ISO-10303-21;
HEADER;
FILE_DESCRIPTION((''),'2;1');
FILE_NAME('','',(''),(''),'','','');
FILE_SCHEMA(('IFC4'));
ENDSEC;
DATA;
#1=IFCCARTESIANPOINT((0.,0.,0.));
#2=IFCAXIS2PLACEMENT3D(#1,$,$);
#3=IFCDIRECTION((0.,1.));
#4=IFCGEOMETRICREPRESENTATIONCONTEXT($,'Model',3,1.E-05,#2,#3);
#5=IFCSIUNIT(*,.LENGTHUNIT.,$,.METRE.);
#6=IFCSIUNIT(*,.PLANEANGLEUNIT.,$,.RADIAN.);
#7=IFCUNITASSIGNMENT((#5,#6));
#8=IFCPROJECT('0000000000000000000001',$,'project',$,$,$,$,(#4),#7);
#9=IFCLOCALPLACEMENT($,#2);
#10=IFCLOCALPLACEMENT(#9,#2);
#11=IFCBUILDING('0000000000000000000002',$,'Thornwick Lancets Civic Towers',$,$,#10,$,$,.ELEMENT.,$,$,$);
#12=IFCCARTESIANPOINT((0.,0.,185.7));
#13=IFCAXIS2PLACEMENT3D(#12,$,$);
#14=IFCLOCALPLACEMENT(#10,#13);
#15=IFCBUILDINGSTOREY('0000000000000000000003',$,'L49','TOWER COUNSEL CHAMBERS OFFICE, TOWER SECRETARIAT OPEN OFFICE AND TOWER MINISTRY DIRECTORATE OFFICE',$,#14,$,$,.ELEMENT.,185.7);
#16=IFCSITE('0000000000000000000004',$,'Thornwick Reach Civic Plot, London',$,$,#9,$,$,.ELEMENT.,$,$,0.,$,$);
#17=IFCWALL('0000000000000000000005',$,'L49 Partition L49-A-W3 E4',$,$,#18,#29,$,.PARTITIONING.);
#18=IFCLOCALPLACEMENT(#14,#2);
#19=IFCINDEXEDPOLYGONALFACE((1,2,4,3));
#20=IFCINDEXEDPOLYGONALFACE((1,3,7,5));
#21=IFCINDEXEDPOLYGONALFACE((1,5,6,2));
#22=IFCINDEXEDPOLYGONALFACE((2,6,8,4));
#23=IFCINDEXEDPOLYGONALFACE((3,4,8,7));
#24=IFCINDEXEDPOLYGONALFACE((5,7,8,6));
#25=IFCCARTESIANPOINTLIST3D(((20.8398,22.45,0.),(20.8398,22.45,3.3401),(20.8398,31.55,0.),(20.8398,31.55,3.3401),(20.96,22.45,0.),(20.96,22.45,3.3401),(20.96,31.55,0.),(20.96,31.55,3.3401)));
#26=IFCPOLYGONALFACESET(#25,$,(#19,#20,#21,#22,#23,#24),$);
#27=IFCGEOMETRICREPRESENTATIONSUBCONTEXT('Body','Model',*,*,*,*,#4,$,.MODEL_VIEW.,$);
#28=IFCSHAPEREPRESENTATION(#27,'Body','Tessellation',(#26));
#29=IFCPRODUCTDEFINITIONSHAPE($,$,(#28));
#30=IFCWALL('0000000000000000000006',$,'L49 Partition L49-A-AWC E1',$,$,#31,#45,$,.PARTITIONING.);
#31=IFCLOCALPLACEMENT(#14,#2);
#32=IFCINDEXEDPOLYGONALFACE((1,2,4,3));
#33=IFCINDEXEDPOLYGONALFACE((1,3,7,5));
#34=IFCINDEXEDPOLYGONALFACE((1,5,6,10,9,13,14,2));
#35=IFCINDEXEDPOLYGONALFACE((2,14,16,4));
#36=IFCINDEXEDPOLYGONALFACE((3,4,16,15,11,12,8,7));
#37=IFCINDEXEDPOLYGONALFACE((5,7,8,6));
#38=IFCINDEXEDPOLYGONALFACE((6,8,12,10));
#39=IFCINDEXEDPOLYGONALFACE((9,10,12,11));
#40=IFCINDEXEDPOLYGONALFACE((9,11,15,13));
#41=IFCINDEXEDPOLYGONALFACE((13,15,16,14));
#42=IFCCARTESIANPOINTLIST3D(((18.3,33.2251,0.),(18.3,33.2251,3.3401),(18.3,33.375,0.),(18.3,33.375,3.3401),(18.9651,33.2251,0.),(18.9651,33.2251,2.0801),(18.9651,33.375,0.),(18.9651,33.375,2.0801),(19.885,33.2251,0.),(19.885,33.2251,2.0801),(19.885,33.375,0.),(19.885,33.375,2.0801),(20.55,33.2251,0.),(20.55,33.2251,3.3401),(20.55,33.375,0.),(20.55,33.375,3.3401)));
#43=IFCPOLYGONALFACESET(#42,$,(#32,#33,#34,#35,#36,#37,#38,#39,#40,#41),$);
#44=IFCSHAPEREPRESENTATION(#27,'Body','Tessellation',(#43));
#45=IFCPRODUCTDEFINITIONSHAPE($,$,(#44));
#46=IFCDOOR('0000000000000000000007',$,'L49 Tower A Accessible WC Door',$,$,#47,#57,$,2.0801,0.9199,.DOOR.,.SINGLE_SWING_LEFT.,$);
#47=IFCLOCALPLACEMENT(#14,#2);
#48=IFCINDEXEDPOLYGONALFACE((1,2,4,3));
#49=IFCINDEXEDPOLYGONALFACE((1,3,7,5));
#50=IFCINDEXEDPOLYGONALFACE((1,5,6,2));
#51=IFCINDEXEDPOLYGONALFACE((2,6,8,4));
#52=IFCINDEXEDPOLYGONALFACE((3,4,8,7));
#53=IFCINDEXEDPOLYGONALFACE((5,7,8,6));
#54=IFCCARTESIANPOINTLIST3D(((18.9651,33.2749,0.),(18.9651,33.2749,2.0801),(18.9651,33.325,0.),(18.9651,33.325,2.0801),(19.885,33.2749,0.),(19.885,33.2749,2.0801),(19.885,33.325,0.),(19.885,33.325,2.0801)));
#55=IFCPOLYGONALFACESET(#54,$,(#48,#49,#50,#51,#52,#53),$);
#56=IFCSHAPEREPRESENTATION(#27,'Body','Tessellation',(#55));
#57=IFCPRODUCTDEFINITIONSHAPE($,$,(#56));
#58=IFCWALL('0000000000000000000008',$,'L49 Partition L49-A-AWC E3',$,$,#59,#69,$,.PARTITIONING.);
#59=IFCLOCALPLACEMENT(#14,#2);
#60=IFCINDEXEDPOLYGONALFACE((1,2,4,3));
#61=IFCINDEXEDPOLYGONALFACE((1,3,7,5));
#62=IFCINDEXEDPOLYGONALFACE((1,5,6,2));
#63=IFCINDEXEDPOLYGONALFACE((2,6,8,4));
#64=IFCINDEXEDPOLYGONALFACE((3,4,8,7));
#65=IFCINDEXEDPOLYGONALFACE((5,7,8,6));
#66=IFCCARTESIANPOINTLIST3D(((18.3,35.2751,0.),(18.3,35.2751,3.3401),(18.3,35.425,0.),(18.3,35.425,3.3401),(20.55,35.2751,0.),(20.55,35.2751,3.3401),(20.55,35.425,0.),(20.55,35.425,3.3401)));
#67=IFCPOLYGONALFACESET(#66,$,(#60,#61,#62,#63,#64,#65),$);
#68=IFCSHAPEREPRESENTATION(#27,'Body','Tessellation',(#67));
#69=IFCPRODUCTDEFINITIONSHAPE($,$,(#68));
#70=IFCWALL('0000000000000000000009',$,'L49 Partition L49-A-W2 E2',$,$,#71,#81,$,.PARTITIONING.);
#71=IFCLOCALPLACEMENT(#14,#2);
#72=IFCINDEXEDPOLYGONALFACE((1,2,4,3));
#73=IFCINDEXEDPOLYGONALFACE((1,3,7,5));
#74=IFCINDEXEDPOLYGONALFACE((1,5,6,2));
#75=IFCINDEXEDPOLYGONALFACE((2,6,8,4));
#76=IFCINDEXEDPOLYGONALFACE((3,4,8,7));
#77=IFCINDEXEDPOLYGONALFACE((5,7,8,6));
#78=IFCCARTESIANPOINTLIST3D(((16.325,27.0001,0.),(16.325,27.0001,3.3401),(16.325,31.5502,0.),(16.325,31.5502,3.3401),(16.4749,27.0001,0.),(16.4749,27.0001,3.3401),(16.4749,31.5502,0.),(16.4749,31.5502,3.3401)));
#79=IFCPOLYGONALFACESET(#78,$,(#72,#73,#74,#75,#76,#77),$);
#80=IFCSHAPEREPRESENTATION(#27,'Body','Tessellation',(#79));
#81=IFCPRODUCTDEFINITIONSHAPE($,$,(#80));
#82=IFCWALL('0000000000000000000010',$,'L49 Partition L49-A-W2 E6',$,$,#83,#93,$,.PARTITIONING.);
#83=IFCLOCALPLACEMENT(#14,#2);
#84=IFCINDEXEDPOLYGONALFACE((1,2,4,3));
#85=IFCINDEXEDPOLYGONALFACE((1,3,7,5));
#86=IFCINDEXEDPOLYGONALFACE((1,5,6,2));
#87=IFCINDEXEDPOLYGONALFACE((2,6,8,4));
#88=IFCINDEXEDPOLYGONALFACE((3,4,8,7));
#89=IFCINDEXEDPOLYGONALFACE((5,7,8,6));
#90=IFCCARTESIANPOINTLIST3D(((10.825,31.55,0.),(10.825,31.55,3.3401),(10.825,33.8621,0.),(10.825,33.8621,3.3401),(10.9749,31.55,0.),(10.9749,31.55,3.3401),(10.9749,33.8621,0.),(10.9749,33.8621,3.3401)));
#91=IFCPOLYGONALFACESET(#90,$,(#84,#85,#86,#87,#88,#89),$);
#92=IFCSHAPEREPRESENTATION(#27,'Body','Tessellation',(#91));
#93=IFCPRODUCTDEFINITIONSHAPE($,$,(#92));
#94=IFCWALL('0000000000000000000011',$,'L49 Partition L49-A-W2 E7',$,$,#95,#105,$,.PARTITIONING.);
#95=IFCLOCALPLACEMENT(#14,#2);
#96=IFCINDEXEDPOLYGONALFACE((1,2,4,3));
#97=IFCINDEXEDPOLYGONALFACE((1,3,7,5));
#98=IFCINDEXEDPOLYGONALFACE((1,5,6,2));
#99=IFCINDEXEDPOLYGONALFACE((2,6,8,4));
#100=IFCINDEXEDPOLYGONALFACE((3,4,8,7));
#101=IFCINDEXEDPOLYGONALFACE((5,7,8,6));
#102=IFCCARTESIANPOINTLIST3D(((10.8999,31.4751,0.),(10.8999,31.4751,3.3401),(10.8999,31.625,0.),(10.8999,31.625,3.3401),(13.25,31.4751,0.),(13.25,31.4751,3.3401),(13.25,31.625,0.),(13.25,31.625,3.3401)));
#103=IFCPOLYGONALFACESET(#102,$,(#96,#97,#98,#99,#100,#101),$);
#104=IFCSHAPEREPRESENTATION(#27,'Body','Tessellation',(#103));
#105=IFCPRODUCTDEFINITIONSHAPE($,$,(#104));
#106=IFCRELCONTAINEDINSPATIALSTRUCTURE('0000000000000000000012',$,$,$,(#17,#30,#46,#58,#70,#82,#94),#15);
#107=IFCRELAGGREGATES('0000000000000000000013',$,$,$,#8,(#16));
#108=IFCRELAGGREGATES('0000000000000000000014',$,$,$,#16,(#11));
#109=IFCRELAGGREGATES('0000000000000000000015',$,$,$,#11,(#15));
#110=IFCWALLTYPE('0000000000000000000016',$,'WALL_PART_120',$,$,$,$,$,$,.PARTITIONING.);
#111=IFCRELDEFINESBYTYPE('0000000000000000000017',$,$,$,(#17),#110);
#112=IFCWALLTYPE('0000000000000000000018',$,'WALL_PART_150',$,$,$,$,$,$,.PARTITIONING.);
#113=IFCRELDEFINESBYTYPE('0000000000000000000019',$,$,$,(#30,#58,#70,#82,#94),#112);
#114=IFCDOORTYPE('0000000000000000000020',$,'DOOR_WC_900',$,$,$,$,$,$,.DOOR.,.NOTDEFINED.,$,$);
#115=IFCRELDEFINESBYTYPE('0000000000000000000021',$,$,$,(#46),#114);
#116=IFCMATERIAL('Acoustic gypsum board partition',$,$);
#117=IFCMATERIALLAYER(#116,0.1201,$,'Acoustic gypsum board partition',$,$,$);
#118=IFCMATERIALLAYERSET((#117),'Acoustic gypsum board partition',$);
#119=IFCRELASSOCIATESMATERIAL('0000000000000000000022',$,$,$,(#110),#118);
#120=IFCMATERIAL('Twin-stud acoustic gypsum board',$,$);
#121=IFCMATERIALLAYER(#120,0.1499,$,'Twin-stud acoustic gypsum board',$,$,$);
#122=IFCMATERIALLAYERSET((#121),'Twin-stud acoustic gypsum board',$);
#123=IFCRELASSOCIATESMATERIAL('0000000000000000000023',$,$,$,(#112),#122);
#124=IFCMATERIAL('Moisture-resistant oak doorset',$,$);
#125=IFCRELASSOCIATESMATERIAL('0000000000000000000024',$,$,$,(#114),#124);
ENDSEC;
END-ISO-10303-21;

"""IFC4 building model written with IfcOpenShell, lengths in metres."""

from ifc_helpers import new_model, si_unit, direction, frame, frame_2d, origin, place, context, subcontext, project, spatial, rectangle, extrude, material, layer, layer_set, type_object, element, fill, save


model = new_model("IFC4")

# Units and contexts
model_context = context("Model", 3, precision=1e-05, world=origin(), true_north=direction((0.0, 1.0)))
body_context = subcontext(model_context, "Body", "Model", "MODEL_VIEW")
ifc_project = project(units=[si_unit("LENGTHUNIT", "METRE"), si_unit("PLANEANGLEUNIT", "RADIAN")], contexts=[model_context])

# Site, building, storey
site_placement = place(None, origin())
site = spatial("IfcSite", under=ifc_project, at=site_placement, Name="Thornwick Reach Civic Plot, London", CompositionType="ELEMENT", RefElevation=0.0)
building_placement = place(site_placement, origin())
building = spatial("IfcBuilding", under=site, at=building_placement, Name="Thornwick Lancets Civic Towers", CompositionType="ELEMENT")
storey_placement = place(building_placement, frame((0.0, 0.0, 185.7)))
storey = spatial("IfcBuildingStorey", under=building, at=storey_placement, Name="L49", Description="TOWER COUNSEL CHAMBERS OFFICE, TOWER SECRETARIAT OPEN OFFICE AND TOWER MINISTRY DIRECTORATE OFFICE", CompositionType="ELEMENT", Elevation=185.7)

# Shared definitions
ifc_material_1 = material(Name="Acoustic gypsum board partition")
ifc_layer_1 = layer(ifc_material_1, 0.1201, Name="Acoustic gypsum board partition")
ifc_layer_set_1 = layer_set([ifc_layer_1], Name="Acoustic gypsum board partition")
wall_type_1 = type_object("IfcWallType", Name="WALL_PART_120", PredefinedType="PARTITIONING", material=ifc_layer_set_1)

# Wall
wall_1_placement = place(storey_placement, frame((20.8999, 31.55, 0.0), z_axis=(0.0, 0.0, 1.0), x_axis=(0.0, -1.0, 0.0)))
element("IfcWall", 1, at=wall_1_placement, inside=storey, type_object=wall_type_1, Name="L49 Partition L49-A-W3 E4", PredefinedType="PARTITIONING", context=body_context, shape_type="SweptSolid", body=[
    extrude(rectangle(XDim=9.1001, YDim=0.1201, at=frame_2d((4.55, 0.0))), origin(), (0.0, 0.0, 1.0), 3.3401),
])

# Wall, opening, door
ifc_material_2 = material(Name="Twin-stud acoustic gypsum board")
ifc_layer_2 = layer(ifc_material_2, 0.1499, Name="Twin-stud acoustic gypsum board")
ifc_layer_set_2 = layer_set([ifc_layer_2], Name="Twin-stud acoustic gypsum board")
wall_type_2 = type_object("IfcWallType", Name="WALL_PART_150", PredefinedType="PARTITIONING", material=ifc_layer_set_2)
wall_2_placement = place(storey_placement, frame((18.3, 33.3, 0.0), z_axis=(0.0, 0.0, 1.0), x_axis=(1.0, 0.0, 0.0)))
wall_2 = element("IfcWall", 2, at=wall_2_placement, inside=storey, type_object=wall_type_2, Name="L49 Partition L49-A-AWC E1", PredefinedType="PARTITIONING", context=body_context, shape_type="SweptSolid", body=[
    extrude(rectangle(XDim=2.25, YDim=0.1499, at=frame_2d((1.125, 0.0))), origin(), (0.0, 0.0, 1.0), 3.3401),
])
opening_1_placement = place(wall_2_placement, frame((0.665, 0.0, 0.0)))
opening_1 = element("IfcOpeningElement", 3, at=opening_1_placement, cuts=wall_2, PredefinedType="OPENING", context=body_context, shape_type="SweptSolid", body=[
    extrude(rectangle(XDim=0.9199, YDim=2.0801, at=frame_2d((0.46, 1.04))), frame((0.0, 0.085, 0.0), z_axis=(0.0, -1.0, 0.0), x_axis=(1.0, 0.0, 0.0)), (0.0, 0.0, 1.0), 0.1699),
])
ifc_material_3 = material(Name="Moisture-resistant oak doorset")
door_type_1 = type_object("IfcDoorType", Name="DOOR_WC_900", OperationType="NOTDEFINED", PredefinedType="DOOR", material=ifc_material_3)
door_1_placement = place(opening_1_placement, origin())
door_1 = element("IfcDoor", 4, at=door_1_placement, inside=storey, type_object=door_type_1, Name="L49 Tower A Accessible WC Door", OperationType="SINGLE_SWING_LEFT", OverallHeight=2.0801, OverallWidth=0.9199, PredefinedType="DOOR", context=body_context, shape_type="SweptSolid", body=[
    extrude(rectangle(XDim=0.9199, YDim=2.0801, at=frame_2d((0.46, 1.04))), frame((0.0, 0.0249, 0.0), z_axis=(0.0, -1.0, 0.0), x_axis=(1.0, 0.0, 0.0)), (0.0, 0.0, 1.0), 0.05),
])
fill(opening_1, door_1)

# Wall
wall_3_placement = place(storey_placement, frame((20.55, 35.3501, 0.0), z_axis=(0.0, 0.0, 1.0), x_axis=(-1.0, 0.0, 0.0)))
element("IfcWall", 5, at=wall_3_placement, inside=storey, type_object=wall_type_2, Name="L49 Partition L49-A-AWC E3", PredefinedType="PARTITIONING", context=body_context, shape_type="SweptSolid", body=[
    extrude(rectangle(XDim=2.25, YDim=0.1499, at=frame_2d((1.125, 0.0))), origin(), (0.0, 0.0, 1.0), 3.3401),
])

# Walls
wall_4_placement = place(storey_placement, frame((16.3999, 31.55, 0.0), z_axis=(0.0, 0.0, 1.0), x_axis=(0.0, -1.0, 0.0)))
element("IfcWall", 6, at=wall_4_placement, inside=storey, type_object=wall_type_2, Name="L49 Partition L49-A-W2 E2", PredefinedType="PARTITIONING", context=body_context, shape_type="SweptSolid", body=[
    extrude(rectangle(XDim=4.55, YDim=0.1499, at=frame_2d((2.2749, 0.0))), origin(), (0.0, 0.0, 1.0), 3.3401),
])
wall_5_placement = place(storey_placement, frame((10.8999, 33.8621, 0.0), z_axis=(0.0, 0.0, 1.0), x_axis=(0.0, -1.0, 0.0)))
element("IfcWall", 7, at=wall_5_placement, inside=storey, type_object=wall_type_2, Name="L49 Partition L49-A-W2 E6", PredefinedType="PARTITIONING", context=body_context, shape_type="SweptSolid", body=[
    extrude(rectangle(XDim=2.312, YDim=0.1499, at=frame_2d((1.156, 0.0))), origin(), (0.0, 0.0, 1.0), 3.3401),
])
wall_6_placement = place(storey_placement, frame((10.8999, 31.55, 0.0), z_axis=(0.0, 0.0, 1.0), x_axis=(1.0, 0.0, 0.0)))
element("IfcWall", 8, at=wall_6_placement, inside=storey, type_object=wall_type_2, Name="L49 Partition L49-A-W2 E7", PredefinedType="PARTITIONING", context=body_context, shape_type="SweptSolid", body=[
    extrude(rectangle(XDim=2.3501, YDim=0.1499, at=frame_2d((1.175, 0.0))), origin(), (0.0, 0.0, 1.0), 3.3401),
])

save(model, "model.ifc")
